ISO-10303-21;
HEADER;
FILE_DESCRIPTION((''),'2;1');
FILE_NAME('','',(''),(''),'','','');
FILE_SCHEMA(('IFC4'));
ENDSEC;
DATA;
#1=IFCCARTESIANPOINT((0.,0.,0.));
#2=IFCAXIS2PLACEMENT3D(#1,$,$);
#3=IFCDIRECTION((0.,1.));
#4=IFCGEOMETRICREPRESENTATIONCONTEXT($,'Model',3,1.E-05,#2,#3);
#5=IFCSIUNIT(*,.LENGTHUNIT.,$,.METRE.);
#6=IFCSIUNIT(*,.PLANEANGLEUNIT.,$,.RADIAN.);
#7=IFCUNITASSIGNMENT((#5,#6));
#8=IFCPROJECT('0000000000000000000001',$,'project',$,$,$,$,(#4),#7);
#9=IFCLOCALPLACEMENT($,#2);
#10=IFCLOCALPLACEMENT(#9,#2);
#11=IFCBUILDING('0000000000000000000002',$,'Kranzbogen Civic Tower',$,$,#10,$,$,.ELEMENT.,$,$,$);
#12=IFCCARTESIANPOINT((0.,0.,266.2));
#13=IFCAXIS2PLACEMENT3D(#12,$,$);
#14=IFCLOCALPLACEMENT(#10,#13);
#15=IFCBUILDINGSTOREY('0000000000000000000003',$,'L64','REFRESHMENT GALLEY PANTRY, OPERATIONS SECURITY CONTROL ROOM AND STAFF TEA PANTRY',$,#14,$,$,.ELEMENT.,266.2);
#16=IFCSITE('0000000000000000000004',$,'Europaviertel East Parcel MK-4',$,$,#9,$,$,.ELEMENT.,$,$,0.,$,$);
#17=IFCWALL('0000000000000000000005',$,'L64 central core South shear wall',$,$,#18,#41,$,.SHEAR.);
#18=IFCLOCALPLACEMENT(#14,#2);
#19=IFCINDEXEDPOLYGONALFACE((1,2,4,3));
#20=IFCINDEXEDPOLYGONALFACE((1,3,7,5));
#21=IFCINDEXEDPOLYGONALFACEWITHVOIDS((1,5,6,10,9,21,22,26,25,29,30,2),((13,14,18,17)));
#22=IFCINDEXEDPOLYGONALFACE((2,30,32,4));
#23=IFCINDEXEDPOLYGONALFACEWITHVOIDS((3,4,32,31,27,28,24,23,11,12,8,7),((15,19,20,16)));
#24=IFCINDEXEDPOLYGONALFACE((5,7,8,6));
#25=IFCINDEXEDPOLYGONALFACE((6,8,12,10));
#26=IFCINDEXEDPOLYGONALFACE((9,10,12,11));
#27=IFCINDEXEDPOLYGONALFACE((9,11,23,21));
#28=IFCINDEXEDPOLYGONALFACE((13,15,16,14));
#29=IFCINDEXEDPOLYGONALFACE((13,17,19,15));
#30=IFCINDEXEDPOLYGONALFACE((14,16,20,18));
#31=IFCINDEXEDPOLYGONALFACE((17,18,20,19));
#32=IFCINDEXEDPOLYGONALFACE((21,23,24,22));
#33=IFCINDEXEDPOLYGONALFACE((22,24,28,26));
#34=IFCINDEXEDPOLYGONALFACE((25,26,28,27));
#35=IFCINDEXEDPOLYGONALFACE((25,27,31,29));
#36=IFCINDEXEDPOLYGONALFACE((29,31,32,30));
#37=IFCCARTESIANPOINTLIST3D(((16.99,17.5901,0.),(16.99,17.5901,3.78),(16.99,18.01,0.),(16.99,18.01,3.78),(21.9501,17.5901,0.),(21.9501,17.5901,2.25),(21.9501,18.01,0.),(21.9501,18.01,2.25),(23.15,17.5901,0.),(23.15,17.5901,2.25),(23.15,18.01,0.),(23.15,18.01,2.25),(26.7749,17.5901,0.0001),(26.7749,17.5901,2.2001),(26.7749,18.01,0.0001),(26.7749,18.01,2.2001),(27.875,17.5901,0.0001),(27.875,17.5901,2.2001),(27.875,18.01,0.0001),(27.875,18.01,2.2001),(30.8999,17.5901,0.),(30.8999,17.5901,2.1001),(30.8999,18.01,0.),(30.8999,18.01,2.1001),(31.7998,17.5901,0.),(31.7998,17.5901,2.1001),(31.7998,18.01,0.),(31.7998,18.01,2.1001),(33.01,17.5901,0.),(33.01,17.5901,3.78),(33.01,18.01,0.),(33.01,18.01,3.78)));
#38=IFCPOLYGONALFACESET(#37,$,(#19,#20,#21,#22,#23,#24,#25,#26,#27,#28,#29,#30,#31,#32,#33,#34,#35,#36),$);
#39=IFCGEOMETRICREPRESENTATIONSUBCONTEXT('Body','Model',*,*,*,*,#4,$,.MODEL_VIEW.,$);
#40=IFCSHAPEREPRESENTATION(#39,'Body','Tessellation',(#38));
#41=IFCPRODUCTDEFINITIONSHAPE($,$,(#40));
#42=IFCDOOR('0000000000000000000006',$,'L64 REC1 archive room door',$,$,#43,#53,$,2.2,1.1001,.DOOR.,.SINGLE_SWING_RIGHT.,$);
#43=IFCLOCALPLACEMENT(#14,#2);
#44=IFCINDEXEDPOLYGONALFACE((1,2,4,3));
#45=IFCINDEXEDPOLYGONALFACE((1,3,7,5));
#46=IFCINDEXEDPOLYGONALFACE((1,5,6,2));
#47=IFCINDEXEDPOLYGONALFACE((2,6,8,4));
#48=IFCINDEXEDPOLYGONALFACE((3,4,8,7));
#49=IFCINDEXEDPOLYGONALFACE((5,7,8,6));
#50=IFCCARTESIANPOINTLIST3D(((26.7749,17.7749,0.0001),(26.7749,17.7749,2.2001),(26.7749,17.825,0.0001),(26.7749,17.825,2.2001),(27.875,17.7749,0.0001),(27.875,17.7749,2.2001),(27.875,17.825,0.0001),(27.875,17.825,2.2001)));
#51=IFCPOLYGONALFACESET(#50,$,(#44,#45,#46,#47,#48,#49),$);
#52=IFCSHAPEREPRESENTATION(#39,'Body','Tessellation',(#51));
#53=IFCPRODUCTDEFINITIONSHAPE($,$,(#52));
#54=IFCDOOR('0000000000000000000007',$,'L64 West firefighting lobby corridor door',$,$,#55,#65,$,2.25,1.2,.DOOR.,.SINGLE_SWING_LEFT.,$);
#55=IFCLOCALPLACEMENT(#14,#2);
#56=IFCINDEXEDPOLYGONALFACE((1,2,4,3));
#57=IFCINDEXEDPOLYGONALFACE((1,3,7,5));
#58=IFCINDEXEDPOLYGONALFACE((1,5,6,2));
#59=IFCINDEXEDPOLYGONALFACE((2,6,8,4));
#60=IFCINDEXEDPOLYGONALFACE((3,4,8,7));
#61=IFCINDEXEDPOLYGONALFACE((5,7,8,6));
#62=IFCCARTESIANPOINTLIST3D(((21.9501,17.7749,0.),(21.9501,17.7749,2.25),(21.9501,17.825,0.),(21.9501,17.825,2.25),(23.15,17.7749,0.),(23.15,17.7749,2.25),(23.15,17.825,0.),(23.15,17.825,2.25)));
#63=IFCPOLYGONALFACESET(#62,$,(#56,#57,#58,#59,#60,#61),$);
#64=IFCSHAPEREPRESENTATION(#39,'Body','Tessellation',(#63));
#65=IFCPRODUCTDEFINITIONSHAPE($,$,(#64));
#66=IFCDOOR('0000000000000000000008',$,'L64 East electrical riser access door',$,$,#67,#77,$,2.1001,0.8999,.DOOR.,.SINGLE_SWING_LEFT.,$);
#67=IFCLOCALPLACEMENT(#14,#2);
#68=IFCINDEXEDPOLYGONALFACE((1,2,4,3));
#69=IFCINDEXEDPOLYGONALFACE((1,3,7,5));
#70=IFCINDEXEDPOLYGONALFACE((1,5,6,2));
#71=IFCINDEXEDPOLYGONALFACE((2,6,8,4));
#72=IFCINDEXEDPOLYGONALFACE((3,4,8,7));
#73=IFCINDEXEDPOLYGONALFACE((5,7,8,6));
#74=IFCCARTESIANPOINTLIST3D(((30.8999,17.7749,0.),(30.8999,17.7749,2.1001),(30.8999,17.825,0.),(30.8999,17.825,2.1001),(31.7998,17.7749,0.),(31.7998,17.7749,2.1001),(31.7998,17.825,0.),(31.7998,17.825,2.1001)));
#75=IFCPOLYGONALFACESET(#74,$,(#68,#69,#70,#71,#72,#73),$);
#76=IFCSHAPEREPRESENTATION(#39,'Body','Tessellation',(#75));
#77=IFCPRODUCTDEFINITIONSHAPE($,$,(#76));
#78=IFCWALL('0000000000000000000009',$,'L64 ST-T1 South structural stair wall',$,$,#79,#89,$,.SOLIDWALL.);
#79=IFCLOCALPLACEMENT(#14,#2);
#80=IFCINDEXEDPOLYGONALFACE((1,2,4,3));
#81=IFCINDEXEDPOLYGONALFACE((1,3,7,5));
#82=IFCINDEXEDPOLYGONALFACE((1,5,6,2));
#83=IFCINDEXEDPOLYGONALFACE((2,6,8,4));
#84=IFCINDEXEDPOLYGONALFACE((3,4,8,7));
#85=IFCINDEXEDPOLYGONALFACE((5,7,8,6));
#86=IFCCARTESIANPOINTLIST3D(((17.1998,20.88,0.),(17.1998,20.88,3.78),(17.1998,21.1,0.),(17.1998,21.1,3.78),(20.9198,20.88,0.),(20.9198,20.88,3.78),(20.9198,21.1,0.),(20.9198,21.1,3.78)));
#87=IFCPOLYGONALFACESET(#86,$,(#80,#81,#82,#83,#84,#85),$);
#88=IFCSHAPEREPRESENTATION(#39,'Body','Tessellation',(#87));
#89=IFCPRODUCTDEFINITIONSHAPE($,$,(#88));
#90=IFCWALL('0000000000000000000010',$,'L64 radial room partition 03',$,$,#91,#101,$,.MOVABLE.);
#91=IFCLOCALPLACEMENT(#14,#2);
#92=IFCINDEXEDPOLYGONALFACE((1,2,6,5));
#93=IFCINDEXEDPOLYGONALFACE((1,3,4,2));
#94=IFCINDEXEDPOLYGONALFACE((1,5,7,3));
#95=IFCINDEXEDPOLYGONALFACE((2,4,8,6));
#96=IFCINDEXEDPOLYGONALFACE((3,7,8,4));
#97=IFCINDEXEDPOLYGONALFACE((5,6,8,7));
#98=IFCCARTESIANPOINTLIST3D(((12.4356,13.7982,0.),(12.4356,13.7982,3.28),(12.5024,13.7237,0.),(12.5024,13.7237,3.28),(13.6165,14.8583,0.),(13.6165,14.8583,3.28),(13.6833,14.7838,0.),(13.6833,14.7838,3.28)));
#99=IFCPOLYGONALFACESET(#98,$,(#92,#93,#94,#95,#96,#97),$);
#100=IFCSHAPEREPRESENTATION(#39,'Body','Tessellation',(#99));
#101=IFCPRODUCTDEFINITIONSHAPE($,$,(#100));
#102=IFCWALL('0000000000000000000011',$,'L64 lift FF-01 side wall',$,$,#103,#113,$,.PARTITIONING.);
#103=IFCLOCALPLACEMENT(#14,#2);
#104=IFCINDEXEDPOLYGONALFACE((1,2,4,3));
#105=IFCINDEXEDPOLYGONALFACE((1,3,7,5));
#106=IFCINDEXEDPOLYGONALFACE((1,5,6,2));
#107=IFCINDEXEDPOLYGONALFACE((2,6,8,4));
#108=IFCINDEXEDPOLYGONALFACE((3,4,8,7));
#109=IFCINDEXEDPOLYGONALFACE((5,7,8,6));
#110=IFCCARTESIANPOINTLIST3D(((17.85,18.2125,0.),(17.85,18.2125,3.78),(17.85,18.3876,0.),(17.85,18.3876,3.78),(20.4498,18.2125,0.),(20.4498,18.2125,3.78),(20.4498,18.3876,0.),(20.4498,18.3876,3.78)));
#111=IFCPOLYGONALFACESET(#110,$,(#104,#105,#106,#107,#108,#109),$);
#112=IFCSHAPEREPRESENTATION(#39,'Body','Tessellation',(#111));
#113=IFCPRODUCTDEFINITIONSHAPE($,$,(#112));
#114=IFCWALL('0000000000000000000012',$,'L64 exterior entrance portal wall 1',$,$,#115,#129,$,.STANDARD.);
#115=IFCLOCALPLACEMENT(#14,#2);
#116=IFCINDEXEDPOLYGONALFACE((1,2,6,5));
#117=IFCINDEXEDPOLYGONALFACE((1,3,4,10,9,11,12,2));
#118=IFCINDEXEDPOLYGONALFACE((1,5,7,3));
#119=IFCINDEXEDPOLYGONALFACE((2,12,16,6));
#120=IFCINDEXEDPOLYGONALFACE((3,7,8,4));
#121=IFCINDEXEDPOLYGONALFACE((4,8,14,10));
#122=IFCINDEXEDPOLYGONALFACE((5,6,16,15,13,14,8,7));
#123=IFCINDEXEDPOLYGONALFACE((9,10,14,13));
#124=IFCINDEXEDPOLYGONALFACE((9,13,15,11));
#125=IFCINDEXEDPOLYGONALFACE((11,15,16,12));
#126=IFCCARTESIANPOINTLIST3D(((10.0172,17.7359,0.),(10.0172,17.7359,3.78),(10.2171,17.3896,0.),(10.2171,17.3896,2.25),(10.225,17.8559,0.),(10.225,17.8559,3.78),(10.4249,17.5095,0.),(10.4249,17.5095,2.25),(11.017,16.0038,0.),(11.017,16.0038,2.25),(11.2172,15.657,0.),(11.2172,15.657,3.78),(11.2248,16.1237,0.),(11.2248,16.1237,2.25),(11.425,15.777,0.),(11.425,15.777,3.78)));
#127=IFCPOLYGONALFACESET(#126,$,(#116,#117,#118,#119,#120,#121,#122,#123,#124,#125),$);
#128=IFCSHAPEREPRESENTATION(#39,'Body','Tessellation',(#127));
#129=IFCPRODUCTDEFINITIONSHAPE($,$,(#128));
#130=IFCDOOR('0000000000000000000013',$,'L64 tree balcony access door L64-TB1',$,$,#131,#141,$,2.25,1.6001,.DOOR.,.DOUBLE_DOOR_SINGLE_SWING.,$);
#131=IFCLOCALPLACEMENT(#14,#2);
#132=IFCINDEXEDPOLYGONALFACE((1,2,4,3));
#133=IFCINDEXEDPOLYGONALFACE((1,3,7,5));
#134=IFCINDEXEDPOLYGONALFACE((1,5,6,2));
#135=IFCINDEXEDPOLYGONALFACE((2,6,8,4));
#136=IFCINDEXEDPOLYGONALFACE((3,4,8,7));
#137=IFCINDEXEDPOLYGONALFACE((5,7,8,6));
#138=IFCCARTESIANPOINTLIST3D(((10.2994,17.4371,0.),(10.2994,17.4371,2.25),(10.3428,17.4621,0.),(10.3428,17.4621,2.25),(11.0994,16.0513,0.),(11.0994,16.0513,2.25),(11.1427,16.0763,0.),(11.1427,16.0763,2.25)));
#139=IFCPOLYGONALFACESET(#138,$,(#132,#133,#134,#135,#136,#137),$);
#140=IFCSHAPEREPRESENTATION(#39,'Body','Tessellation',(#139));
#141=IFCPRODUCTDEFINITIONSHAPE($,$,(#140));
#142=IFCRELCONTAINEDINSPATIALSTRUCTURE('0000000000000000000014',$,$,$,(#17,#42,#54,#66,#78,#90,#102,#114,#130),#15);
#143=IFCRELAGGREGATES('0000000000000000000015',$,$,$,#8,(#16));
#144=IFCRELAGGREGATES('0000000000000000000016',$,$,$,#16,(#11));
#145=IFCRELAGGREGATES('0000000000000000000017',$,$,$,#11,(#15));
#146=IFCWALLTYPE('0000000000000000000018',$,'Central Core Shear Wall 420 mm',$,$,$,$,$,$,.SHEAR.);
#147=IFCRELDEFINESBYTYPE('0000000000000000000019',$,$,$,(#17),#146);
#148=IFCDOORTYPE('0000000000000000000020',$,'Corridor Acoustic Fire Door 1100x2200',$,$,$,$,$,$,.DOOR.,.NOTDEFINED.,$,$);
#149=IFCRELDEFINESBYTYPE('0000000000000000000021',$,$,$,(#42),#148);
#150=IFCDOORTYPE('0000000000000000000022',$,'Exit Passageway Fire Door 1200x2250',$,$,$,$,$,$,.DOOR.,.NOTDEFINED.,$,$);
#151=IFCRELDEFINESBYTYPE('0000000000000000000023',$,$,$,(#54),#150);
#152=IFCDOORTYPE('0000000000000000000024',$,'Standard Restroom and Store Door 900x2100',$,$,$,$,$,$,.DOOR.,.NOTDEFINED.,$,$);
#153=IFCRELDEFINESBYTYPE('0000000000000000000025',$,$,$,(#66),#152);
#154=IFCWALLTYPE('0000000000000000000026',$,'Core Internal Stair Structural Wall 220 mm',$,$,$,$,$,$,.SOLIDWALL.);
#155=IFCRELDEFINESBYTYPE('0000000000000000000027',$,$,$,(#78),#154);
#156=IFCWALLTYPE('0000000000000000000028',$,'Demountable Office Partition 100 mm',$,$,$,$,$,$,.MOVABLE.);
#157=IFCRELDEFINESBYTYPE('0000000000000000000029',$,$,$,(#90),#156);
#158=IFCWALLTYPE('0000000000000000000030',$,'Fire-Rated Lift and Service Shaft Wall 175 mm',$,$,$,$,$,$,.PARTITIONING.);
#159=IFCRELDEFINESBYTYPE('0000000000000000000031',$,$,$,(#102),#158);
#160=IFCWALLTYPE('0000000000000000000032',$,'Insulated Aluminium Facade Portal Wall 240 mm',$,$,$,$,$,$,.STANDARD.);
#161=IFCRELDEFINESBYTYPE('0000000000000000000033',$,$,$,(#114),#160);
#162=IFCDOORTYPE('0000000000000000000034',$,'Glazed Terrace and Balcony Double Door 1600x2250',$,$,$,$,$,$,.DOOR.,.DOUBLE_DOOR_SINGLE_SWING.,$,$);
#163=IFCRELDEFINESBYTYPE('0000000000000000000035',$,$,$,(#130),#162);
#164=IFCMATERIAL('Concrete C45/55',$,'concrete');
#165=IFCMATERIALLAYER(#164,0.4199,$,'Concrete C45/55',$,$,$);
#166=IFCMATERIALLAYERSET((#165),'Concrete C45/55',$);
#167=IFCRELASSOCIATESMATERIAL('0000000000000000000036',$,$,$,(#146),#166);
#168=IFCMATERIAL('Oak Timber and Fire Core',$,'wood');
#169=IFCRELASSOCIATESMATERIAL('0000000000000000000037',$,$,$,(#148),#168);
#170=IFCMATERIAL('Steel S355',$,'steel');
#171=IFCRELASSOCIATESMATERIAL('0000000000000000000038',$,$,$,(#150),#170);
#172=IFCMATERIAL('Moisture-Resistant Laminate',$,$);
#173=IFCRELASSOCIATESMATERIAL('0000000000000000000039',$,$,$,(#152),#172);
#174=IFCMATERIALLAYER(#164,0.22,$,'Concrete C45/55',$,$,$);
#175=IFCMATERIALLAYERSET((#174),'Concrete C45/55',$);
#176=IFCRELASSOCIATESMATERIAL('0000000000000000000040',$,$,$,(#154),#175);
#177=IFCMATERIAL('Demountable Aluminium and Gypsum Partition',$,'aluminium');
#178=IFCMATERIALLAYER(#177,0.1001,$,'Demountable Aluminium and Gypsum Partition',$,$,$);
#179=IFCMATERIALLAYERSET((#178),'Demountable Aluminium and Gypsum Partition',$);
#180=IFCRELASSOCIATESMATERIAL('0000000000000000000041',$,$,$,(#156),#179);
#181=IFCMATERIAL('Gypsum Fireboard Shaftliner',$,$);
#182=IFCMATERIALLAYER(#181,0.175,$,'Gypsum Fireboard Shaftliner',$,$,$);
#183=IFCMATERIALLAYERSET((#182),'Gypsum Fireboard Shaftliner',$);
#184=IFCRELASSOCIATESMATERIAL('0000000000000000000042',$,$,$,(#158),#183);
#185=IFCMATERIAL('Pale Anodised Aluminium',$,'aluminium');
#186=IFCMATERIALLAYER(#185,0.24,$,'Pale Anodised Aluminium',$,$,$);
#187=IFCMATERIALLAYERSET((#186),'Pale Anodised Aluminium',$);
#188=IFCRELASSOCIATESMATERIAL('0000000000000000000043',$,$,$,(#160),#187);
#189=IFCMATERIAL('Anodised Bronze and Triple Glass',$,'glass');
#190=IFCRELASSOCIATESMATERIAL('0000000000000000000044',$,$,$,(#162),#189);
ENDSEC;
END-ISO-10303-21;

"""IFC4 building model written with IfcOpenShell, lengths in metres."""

from ifc_helpers import new_model, si_unit, direction, frame, frame_2d, origin, place, context, subcontext, project, spatial, rectangle, extrude, material, layer, layer_set, type_object, element, fill, save


model = new_model("IFC4")

# Units and contexts
model_context = context("Model", 3, precision=1e-05, world=origin(), true_north=direction((0.0, 1.0)))
body_context = subcontext(model_context, "Body", "Model", "MODEL_VIEW")
ifc_project = project(units=[si_unit("LENGTHUNIT", "METRE"), si_unit("PLANEANGLEUNIT", "RADIAN")], contexts=[model_context])

# Site, building, storey
site_placement = place(None, origin())
site = spatial("IfcSite", under=ifc_project, at=site_placement, Name="Europaviertel East Parcel MK-4", CompositionType="ELEMENT", RefElevation=0.0)
building_placement = place(site_placement, origin())
building = spatial("IfcBuilding", under=site, at=building_placement, Name="Kranzbogen Civic Tower", CompositionType="ELEMENT")
storey_placement = place(building_placement, frame((0.0, 0.0, 266.2)))
storey = spatial("IfcBuildingStorey", under=building, at=storey_placement, Name="L64", Description="REFRESHMENT GALLEY PANTRY, OPERATIONS SECURITY CONTROL ROOM AND STAFF TEA PANTRY", CompositionType="ELEMENT", Elevation=266.2)

# Shared definitions
ifc_material_1 = material(Name="Steel S355", Category="steel")

# Shared definitions
ifc_material_2 = material(Name="Pale Anodised Aluminium", Category="aluminium")

# Wall, openings, doors
ifc_material_3 = material(Name="Concrete C45/55", Category="concrete")
ifc_layer_1 = layer(ifc_material_3, 0.4199, Name="Concrete C45/55")
ifc_layer_set_1 = layer_set([ifc_layer_1], Name="Concrete C45/55")
wall_type_1 = type_object("IfcWallType", Name="Central Core Shear Wall 420 mm", PredefinedType="SHEAR", material=ifc_layer_set_1)
wall_1_placement = place(storey_placement, frame((16.99, 17.8, 0.0), z_axis=(0.0, 0.0, 1.0), x_axis=(1.0, 0.0, 0.0)))
wall_1 = element("IfcWall", 1, at=wall_1_placement, inside=storey, type_object=wall_type_1, Name="L64 central core South shear wall", PredefinedType="SHEAR", context=body_context, shape_type="SweptSolid", body=[
    extrude(rectangle(XDim=16.02, YDim=0.4199, at=frame_2d((8.01, 0.0))), origin(), (0.0, 0.0, 1.0), 3.78),
])
opening_1_placement = place(wall_1_placement, frame((4.96, 0.0, 0.0)))
opening_1 = element("IfcOpeningElement", 2, at=opening_1_placement, cuts=wall_1, PredefinedType="OPENING", context=body_context, shape_type="SweptSolid", body=[
    extrude(rectangle(XDim=1.2, YDim=2.25, at=frame_2d((0.6001, 1.125))), frame((0.0, 0.22, 0.0), z_axis=(0.0, -1.0, 0.0), x_axis=(1.0, 0.0, 0.0)), (0.0, 0.0, 1.0), 0.4399),
])
opening_2_placement = place(wall_1_placement, frame((13.9099, 0.0, 0.0)))
opening_2 = element("IfcOpeningElement", 3, at=opening_2_placement, cuts=wall_1, PredefinedType="OPENING", context=body_context, shape_type="SweptSolid", body=[
    extrude(rectangle(XDim=0.8999, YDim=2.1001, at=frame_2d((0.45, 1.05))), frame((0.0, 0.22, 0.0), z_axis=(0.0, -1.0, 0.0), x_axis=(1.0, 0.0, 0.0)), (0.0, 0.0, 1.0), 0.4399),
])
opening_3_placement = place(wall_1_placement, frame((9.7849, 0.0, 0.0)))
opening_3 = element("IfcOpeningElement", 4, at=opening_3_placement, cuts=wall_1, PredefinedType="OPENING", context=body_context, shape_type="SweptSolid", body=[
    extrude(rectangle(XDim=1.1001, YDim=2.2, at=frame_2d((0.55, 1.1001))), frame((0.0, 0.22, 0.0), z_axis=(0.0, -1.0, 0.0), x_axis=(1.0, 0.0, 0.0)), (0.0, 0.0, 1.0), 0.4399),
])
ifc_material_4 = material(Name="Oak Timber and Fire Core", Category="wood")
door_type_1 = type_object("IfcDoorType", Name="Corridor Acoustic Fire Door 1100x2200", OperationType="NOTDEFINED", PredefinedType="DOOR", material=ifc_material_4)
door_1_placement = place(opening_3_placement, origin())
door_1 = element("IfcDoor", 5, at=door_1_placement, inside=storey, type_object=door_type_1, Name="L64 REC1 archive room door", OperationType="SINGLE_SWING_RIGHT", OverallHeight=2.2, OverallWidth=1.1001, PredefinedType="DOOR", context=body_context, shape_type="SweptSolid", body=[
    extrude(rectangle(XDim=1.1001, YDim=2.2, at=frame_2d((0.55, 1.1001))), frame((0.0, 0.0249, 0.0), z_axis=(0.0, -1.0, 0.0), x_axis=(1.0, 0.0, 0.0)), (0.0, 0.0, 1.0), 0.05),
])
fill(opening_3, door_1)
door_type_2 = type_object("IfcDoorType", Name="Exit Passageway Fire Door 1200x2250", OperationType="NOTDEFINED", PredefinedType="DOOR", material=ifc_material_1)
door_2_placement = place(opening_1_placement, origin())
door_2 = element("IfcDoor", 6, at=door_2_placement, inside=storey, type_object=door_type_2, Name="L64 West firefighting lobby corridor door", OperationType="SINGLE_SWING_LEFT", OverallHeight=2.25, OverallWidth=1.2, PredefinedType="DOOR", context=body_context, shape_type="SweptSolid", body=[
    extrude(rectangle(XDim=1.2, YDim=2.25, at=frame_2d((0.6001, 1.125))), frame((0.0, 0.0249, 0.0), z_axis=(0.0, -1.0, 0.0), x_axis=(1.0, 0.0, 0.0)), (0.0, 0.0, 1.0), 0.05),
])
fill(opening_1, door_2)
ifc_material_5 = material(Name="Moisture-Resistant Laminate")
door_type_3 = type_object("IfcDoorType", Name="Standard Restroom and Store Door 900x2100", OperationType="NOTDEFINED", PredefinedType="DOOR", material=ifc_material_5)
door_3_placement = place(opening_2_placement, origin())
door_3 = element("IfcDoor", 7, at=door_3_placement, inside=storey, type_object=door_type_3, Name="L64 East electrical riser access door", OperationType="SINGLE_SWING_LEFT", OverallHeight=2.1001, OverallWidth=0.8999, PredefinedType="DOOR", context=body_context, shape_type="SweptSolid", body=[
    extrude(rectangle(XDim=0.8999, YDim=2.1001, at=frame_2d((0.45, 1.05))), frame((0.0, 0.0249, 0.0), z_axis=(0.0, -1.0, 0.0), x_axis=(1.0, 0.0, 0.0)), (0.0, 0.0, 1.0), 0.05),
])
fill(opening_2, door_3)

# Walls
ifc_layer_2 = layer(ifc_material_3, 0.22, Name="Concrete C45/55")
ifc_layer_set_2 = layer_set([ifc_layer_2], Name="Concrete C45/55")
wall_type_2 = type_object("IfcWallType", Name="Core Internal Stair Structural Wall 220 mm", PredefinedType="SOLIDWALL", material=ifc_layer_set_2)
wall_2_placement = place(storey_placement, frame((17.2, 20.99, 0.0), z_axis=(0.0, 0.0, 1.0), x_axis=(1.0, 0.0, 0.0)))
element("IfcWall", 8, at=wall_2_placement, inside=storey, type_object=wall_type_2, Name="L64 ST-T1 South structural stair wall", PredefinedType="SOLIDWALL", context=body_context, shape_type="SweptSolid", body=[
    extrude(rectangle(XDim=3.72, YDim=0.22, at=frame_2d((1.8599, 0.0))), origin(), (0.0, 0.0, 1.0), 3.78),
])
ifc_material_6 = material(Name="Demountable Aluminium and Gypsum Partition", Category="aluminium")
ifc_layer_3 = layer(ifc_material_6, 0.1001, Name="Demountable Aluminium and Gypsum Partition")
ifc_layer_set_3 = layer_set([ifc_layer_3], Name="Demountable Aluminium and Gypsum Partition")
wall_type_3 = type_object("IfcWallType", Name="Demountable Office Partition 100 mm", PredefinedType="MOVABLE", material=ifc_layer_set_3)
wall_3_placement = place(storey_placement, frame((13.6499, 14.821, 0.0), z_axis=(0.0, 0.0, 1.0), x_axis=(-0.744158, -0.668004, 0.0)))
element("IfcWall", 9, at=wall_3_placement, inside=storey, type_object=wall_type_3, Name="L64 radial room partition 03", PredefinedType="MOVABLE", context=body_context, shape_type="SweptSolid", body=[
    extrude(rectangle(XDim=1.5869, YDim=0.1001, at=frame_2d((0.7935, 0.0))), origin(), (0.0, 0.0, 1.0), 3.28),
])
ifc_material_7 = material(Name="Gypsum Fireboard Shaftliner")
ifc_layer_4 = layer(ifc_material_7, 0.175, Name="Gypsum Fireboard Shaftliner")
ifc_layer_set_4 = layer_set([ifc_layer_4], Name="Gypsum Fireboard Shaftliner")
wall_type_4 = type_object("IfcWallType", Name="Fire-Rated Lift and Service Shaft Wall 175 mm", PredefinedType="PARTITIONING", material=ifc_layer_set_4)
wall_4_placement = place(storey_placement, frame((17.8501, 18.3, 0.0), z_axis=(0.0, 0.0, 1.0), x_axis=(1.0, 0.0, 0.0)))
element("IfcWall", 10, at=wall_4_placement, inside=storey, type_object=wall_type_4, Name="L64 lift FF-01 side wall", PredefinedType="PARTITIONING", context=body_context, shape_type="SweptSolid", body=[
    extrude(rectangle(XDim=2.5999, YDim=0.175, at=frame_2d((1.2998, 0.0))), origin(), (0.0, 0.0, 1.0), 3.78),
])

# Wall, opening, door
ifc_layer_5 = layer(ifc_material_2, 0.24, Name="Pale Anodised Aluminium")
ifc_layer_set_5 = layer_set([ifc_layer_5], Name="Pale Anodised Aluminium")
wall_type_5 = type_object("IfcWallType", Name="Insulated Aluminium Facade Portal Wall 240 mm", PredefinedType="STANDARD", material=ifc_layer_set_5)
wall_5_placement = place(storey_placement, frame((10.1211, 17.7959, 0.0), z_axis=(0.0, 0.0, 1.0), x_axis=(0.499913, -0.866075, 0.0)))
wall_5 = element("IfcWall", 11, at=wall_5_placement, inside=storey, type_object=wall_type_5, Name="L64 exterior entrance portal wall 1", PredefinedType="STANDARD", context=body_context, shape_type="SweptSolid", body=[
    extrude(rectangle(XDim=2.4004, YDim=0.24, at=frame_2d((1.2002, 0.0))), origin(), (0.0, 0.0, 1.0), 3.78),
])
opening_4_placement = place(wall_5_placement, frame((0.3999, 0.0, 0.0)))
opening_4 = element("IfcOpeningElement", 12, at=opening_4_placement, cuts=wall_5, PredefinedType="OPENING", context=body_context, shape_type="SweptSolid", body=[
    extrude(rectangle(XDim=1.6001, YDim=2.25, at=frame_2d((0.8, 1.125))), frame((0.0, 0.1299, 0.0), z_axis=(0.0, -1.0, 0.0), x_axis=(1.0, 0.0, 0.0)), (0.0, 0.0, 1.0), 0.26),
])
ifc_material_8 = material(Name="Anodised Bronze and Triple Glass", Category="glass")
door_type_4 = type_object("IfcDoorType", Name="Glazed Terrace and Balcony Double Door 1600x2250", OperationType="DOUBLE_DOOR_SINGLE_SWING", PredefinedType="DOOR", material=ifc_material_8)
door_4_placement = place(opening_4_placement, frame((1.6001, 0.0, 0.0), z_axis=(0.0, 0.0, 1.0), x_axis=(-1.0, 0.0, 0.0)))
door_4 = element("IfcDoor", 13, at=door_4_placement, inside=storey, type_object=door_type_4, Name="L64 tree balcony access door L64-TB1", OperationType="DOUBLE_DOOR_SINGLE_SWING", OverallHeight=2.25, OverallWidth=1.6001, PredefinedType="DOOR", context=body_context, shape_type="SweptSolid", body=[
    extrude(rectangle(XDim=1.6001, YDim=2.25, at=frame_2d((0.8, 1.125))), frame((0.0, 0.0249, 0.0), z_axis=(0.0, -1.0, 0.0), x_axis=(1.0, 0.0, 0.0)), (0.0, 0.0, 1.0), 0.05),
])
fill(opening_4, door_4)

save(model, "model.ifc")
